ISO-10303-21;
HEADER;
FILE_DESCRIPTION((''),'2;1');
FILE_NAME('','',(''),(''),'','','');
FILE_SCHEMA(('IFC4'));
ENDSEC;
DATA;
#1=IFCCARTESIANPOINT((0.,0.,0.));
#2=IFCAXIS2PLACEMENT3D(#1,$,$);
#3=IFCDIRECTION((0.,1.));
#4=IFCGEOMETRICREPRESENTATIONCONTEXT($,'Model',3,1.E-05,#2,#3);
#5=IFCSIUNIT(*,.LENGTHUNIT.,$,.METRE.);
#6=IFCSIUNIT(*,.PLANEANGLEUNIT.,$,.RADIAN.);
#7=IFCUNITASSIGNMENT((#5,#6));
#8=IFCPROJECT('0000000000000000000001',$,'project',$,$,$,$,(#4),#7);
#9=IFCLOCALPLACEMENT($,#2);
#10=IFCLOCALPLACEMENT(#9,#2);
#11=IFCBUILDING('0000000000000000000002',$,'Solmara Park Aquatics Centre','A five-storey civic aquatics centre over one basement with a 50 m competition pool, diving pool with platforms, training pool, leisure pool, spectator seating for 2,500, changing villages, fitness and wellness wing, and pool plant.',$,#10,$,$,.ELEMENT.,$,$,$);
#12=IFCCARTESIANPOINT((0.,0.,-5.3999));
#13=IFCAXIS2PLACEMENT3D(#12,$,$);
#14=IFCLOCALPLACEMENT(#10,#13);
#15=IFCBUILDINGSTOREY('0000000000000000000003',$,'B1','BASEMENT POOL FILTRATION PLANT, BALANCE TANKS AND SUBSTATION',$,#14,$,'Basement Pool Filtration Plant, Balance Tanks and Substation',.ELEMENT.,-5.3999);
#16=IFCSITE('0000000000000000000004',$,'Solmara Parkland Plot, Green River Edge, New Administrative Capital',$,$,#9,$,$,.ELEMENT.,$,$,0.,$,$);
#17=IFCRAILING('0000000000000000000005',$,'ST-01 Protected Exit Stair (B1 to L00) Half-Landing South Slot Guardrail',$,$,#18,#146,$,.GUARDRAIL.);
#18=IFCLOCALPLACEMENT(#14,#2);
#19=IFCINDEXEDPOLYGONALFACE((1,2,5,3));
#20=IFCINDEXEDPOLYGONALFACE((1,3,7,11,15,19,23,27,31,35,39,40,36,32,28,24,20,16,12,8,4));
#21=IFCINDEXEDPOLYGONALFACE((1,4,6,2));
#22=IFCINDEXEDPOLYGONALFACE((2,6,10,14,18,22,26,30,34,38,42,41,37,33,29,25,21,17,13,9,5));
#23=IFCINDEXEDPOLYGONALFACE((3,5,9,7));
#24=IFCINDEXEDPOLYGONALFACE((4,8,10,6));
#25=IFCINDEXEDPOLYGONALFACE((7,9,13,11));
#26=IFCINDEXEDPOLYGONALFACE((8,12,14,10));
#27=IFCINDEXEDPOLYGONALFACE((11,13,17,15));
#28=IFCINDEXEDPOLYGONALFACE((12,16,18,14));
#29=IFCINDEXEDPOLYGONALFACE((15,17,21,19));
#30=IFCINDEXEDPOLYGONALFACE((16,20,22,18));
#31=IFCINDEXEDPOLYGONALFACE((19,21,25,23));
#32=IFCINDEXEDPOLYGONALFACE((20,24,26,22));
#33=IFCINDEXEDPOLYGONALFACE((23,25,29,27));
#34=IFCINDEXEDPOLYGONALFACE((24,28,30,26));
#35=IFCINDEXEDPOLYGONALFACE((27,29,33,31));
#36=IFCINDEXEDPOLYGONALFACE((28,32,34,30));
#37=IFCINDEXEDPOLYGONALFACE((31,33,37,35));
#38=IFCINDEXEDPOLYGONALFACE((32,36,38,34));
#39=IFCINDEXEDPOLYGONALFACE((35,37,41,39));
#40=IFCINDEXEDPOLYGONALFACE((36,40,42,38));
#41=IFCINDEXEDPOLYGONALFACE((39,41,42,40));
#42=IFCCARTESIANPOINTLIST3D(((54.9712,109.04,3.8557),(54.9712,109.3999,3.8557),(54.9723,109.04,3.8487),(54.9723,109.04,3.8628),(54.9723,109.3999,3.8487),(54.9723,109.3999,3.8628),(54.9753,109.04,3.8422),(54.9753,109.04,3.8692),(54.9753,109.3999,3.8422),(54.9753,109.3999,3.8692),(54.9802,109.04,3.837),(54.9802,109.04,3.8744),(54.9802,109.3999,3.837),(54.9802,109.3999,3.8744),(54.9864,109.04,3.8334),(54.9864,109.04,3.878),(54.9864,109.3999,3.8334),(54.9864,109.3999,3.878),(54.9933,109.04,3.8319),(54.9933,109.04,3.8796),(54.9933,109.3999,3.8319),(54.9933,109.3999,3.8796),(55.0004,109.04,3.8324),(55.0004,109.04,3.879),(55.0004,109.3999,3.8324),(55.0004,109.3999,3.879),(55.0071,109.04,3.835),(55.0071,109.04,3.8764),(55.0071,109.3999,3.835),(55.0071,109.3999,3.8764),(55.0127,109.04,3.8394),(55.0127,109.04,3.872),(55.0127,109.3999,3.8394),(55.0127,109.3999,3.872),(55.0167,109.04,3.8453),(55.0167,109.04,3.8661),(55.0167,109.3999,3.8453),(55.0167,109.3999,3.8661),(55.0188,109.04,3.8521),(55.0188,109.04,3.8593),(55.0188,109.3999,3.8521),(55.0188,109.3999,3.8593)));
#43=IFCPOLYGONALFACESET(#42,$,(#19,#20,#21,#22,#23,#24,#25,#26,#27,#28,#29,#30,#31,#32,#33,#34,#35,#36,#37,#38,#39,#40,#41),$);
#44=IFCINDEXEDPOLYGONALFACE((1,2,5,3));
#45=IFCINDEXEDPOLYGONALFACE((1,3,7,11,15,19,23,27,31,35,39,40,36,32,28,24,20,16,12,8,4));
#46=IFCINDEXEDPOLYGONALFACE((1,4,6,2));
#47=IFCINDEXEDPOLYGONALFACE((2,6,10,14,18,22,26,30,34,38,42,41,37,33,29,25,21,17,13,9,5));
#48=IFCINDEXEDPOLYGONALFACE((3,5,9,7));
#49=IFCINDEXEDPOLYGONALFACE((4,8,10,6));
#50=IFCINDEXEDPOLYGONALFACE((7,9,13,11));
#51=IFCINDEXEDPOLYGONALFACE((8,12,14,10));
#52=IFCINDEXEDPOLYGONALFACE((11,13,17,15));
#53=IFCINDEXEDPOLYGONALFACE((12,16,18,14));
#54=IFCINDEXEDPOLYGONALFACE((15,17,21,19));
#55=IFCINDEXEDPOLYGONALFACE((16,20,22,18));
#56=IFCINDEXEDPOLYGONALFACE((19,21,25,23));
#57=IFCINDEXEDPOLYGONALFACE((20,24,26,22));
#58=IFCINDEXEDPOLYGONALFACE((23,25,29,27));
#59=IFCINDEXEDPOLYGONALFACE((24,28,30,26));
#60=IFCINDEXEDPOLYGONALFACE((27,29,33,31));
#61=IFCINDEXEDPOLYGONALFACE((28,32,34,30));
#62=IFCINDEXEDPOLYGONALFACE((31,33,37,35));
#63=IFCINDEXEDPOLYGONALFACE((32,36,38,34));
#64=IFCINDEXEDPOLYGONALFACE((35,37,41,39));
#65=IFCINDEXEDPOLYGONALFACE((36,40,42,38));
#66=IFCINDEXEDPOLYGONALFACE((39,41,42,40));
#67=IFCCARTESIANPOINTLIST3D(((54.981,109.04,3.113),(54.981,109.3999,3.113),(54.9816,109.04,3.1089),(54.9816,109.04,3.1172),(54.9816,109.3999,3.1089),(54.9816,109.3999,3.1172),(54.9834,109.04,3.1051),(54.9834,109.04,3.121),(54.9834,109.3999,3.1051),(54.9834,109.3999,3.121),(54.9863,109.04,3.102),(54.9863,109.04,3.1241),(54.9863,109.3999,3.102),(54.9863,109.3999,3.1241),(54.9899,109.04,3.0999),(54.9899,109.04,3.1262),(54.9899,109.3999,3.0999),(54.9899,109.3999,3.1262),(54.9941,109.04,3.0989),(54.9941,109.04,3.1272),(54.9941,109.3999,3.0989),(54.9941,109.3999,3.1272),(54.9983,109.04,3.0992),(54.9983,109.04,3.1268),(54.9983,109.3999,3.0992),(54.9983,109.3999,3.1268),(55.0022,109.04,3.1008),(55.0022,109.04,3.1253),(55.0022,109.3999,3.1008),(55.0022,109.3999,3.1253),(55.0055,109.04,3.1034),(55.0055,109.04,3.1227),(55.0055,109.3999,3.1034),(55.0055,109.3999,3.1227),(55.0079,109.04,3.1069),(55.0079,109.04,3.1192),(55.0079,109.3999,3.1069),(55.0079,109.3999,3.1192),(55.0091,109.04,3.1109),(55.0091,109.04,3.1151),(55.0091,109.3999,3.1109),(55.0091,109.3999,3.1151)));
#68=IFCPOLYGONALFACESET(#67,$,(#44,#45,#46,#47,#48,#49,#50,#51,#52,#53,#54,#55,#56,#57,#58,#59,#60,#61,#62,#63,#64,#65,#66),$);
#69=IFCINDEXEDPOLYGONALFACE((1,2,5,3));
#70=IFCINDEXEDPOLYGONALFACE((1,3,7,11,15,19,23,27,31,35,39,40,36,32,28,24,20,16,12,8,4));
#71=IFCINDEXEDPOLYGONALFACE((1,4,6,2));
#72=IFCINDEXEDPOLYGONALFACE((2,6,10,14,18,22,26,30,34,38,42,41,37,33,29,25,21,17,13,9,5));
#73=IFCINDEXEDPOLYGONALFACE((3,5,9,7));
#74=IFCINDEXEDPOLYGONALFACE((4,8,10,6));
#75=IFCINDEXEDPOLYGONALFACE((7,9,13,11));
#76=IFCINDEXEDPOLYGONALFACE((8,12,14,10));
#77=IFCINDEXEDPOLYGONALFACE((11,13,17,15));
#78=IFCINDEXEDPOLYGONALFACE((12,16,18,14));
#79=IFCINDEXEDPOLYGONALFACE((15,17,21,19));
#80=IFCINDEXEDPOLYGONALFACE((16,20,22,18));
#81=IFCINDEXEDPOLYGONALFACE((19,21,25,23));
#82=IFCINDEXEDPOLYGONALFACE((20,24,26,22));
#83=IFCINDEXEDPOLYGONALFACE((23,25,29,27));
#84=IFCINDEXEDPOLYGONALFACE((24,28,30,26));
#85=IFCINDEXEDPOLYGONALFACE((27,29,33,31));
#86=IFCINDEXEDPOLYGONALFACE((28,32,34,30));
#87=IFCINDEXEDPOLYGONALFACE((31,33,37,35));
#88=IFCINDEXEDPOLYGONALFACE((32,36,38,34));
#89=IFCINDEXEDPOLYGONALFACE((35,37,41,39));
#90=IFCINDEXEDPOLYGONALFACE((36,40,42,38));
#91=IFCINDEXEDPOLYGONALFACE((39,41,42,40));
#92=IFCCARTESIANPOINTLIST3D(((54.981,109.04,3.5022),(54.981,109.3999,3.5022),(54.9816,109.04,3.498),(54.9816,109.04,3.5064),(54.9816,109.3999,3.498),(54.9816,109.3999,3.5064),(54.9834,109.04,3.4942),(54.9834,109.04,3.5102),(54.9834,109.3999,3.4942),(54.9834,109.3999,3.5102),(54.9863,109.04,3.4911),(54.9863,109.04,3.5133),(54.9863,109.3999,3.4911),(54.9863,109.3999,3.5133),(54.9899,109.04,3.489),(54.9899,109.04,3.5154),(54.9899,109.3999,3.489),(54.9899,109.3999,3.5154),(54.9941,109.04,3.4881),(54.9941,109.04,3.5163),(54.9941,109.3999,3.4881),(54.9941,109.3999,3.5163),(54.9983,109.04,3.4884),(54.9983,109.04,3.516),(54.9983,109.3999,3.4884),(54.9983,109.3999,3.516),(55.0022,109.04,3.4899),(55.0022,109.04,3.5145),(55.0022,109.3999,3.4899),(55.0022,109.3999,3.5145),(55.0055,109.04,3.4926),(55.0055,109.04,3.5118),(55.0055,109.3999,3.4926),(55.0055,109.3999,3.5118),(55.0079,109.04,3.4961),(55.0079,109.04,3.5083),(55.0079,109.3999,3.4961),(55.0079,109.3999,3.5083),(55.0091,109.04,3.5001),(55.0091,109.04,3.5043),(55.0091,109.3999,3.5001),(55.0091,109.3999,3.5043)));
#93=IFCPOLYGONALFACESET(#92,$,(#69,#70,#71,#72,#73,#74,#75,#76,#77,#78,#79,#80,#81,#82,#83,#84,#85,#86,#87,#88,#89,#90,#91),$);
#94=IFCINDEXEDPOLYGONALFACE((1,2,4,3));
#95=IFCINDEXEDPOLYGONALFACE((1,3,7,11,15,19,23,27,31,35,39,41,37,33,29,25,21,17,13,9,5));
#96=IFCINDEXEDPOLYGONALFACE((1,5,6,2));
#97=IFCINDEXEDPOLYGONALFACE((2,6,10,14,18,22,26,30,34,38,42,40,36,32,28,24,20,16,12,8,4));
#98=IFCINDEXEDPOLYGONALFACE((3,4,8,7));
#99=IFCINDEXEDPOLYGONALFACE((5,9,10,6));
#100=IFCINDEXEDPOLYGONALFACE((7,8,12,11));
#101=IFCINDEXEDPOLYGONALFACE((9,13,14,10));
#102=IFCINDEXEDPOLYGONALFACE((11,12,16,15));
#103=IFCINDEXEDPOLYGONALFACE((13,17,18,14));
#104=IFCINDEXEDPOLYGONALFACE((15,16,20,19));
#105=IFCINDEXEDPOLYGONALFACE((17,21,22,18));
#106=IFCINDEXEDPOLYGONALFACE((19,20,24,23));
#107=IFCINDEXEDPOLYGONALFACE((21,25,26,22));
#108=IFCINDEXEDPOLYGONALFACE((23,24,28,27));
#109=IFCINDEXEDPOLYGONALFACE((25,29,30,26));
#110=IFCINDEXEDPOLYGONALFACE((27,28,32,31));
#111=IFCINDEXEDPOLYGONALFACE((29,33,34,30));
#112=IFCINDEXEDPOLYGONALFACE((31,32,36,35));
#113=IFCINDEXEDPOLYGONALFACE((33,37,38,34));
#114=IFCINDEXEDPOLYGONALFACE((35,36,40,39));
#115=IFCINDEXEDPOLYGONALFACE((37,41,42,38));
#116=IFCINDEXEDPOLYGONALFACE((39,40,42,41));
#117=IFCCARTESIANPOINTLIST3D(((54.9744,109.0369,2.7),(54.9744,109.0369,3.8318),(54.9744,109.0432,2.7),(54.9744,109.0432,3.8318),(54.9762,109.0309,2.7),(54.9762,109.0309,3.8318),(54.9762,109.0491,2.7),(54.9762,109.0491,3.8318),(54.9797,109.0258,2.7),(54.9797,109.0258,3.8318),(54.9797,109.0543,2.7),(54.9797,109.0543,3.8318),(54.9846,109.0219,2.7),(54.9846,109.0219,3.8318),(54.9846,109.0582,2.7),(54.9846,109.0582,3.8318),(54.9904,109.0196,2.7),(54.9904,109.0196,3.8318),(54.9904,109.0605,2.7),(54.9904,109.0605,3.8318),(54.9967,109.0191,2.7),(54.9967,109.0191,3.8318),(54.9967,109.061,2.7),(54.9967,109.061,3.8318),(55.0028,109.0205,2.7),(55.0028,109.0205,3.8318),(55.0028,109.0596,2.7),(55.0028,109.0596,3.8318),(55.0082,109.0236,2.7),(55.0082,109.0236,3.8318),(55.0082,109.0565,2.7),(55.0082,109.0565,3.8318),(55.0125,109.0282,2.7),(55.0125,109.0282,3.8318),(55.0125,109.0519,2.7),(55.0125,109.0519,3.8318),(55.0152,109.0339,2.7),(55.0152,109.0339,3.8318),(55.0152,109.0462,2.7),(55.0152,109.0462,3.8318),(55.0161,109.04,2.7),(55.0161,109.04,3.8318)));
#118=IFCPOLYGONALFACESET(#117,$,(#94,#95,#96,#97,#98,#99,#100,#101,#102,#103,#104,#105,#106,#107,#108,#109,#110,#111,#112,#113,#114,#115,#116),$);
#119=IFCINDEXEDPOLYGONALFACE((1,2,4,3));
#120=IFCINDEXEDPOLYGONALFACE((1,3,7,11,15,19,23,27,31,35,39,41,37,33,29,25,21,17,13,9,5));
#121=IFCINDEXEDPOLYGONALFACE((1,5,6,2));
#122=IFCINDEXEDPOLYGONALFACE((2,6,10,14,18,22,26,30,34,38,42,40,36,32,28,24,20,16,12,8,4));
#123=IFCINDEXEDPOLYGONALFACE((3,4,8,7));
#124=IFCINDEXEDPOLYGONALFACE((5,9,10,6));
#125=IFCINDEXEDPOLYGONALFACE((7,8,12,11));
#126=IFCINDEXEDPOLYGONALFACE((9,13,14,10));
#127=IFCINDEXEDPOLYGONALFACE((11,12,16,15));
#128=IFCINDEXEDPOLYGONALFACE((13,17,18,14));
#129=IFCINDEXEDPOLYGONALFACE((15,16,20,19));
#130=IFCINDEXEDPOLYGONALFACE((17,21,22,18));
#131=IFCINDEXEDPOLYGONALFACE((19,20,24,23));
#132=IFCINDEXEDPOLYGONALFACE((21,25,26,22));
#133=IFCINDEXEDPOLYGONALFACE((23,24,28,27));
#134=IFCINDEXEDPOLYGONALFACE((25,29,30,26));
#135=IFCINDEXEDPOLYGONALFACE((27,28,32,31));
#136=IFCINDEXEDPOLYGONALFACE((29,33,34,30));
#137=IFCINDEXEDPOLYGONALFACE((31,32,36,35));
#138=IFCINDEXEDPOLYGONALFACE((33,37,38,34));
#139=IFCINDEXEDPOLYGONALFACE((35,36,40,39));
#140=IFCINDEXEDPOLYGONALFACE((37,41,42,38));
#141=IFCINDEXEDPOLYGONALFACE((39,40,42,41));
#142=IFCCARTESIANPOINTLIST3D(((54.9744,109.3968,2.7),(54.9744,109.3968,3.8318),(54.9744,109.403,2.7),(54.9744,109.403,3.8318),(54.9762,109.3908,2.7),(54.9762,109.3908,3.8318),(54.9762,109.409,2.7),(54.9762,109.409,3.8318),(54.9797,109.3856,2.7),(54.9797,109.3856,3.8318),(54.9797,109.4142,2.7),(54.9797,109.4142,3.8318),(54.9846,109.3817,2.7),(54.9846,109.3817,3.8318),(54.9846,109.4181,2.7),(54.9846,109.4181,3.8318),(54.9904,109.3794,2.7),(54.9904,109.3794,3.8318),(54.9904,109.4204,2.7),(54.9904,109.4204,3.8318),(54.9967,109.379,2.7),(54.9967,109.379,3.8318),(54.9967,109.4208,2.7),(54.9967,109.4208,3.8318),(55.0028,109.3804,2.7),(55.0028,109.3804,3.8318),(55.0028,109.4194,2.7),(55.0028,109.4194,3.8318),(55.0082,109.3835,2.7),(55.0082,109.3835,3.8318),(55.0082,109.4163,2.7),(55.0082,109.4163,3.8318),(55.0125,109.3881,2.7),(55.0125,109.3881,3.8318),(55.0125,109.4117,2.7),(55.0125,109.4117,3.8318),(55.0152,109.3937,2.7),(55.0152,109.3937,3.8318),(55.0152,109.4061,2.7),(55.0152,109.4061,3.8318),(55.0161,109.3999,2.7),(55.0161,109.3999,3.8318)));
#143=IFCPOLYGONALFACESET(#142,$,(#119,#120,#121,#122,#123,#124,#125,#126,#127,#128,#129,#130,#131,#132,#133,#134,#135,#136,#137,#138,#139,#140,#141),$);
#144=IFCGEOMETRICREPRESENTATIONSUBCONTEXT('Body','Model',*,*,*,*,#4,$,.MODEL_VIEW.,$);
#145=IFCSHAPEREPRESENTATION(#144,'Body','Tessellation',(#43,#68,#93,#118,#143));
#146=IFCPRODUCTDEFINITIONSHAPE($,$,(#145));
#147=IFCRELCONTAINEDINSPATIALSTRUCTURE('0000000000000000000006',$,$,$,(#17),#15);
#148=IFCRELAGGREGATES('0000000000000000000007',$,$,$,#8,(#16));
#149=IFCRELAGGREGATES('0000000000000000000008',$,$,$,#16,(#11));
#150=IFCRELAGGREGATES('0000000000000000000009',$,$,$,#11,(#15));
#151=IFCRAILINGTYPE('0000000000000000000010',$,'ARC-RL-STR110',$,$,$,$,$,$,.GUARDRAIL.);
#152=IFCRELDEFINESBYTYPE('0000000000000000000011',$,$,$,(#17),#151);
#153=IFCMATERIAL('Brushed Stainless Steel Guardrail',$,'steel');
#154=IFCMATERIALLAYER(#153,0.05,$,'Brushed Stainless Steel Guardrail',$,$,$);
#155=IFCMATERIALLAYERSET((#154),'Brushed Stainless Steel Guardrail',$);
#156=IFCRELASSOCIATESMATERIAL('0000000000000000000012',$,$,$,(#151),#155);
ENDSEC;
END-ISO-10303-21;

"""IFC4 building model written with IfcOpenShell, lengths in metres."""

from ifc_helpers import new_model, si_unit, direction, frame, origin, origin_2d, place, context, subcontext, project, spatial, circle, extrude, material, layer, layer_set, type_object, element, save


model = new_model("IFC4")

# Units and contexts
model_context = context("Model", 3, precision=1e-05, world=origin(), true_north=direction((0.0, 1.0)))
body_context = subcontext(model_context, "Body", "Model", "MODEL_VIEW")
ifc_project = project(units=[si_unit("LENGTHUNIT", "METRE"), si_unit("PLANEANGLEUNIT", "RADIAN")], contexts=[model_context])

# Site, building, storey
site_placement = place(None, origin())
site = spatial("IfcSite", under=ifc_project, at=site_placement, Name="Solmara Parkland Plot, Green River Edge, New Administrative Capital", CompositionType="ELEMENT", RefElevation=0.0)
building_placement = place(site_placement, origin())
building = spatial("IfcBuilding", under=site, at=building_placement, Name="Solmara Park Aquatics Centre", Description="A five-storey civic aquatics centre over one basement with a 50 m competition pool, diving pool with platforms, training pool, leisure pool, spectator seating for 2,500, changing villages, fitness and wellness wing, and pool plant.", CompositionType="ELEMENT")
storey_placement = place(building_placement, frame((0.0, 0.0, -5.3999)))
storey = spatial("IfcBuildingStorey", under=building, at=storey_placement, Name="B1", Description="BASEMENT POOL FILTRATION PLANT, BALANCE TANKS AND SUBSTATION", LongName="Basement Pool Filtration Plant, Balance Tanks and Substation", CompositionType="ELEMENT", Elevation=-5.3999)

# Railing
ifc_material_1 = material(Name="Brushed Stainless Steel Guardrail", Category="steel")
ifc_layer_1 = layer(ifc_material_1, 0.05, Name="Brushed Stainless Steel Guardrail")
ifc_layer_set_1 = layer_set([ifc_layer_1], Name="Brushed Stainless Steel Guardrail")
railing_type_1 = type_object("IfcRailingType", Name="ARC-RL-STR110", PredefinedType="GUARDRAIL", material=ifc_layer_set_1)
railing_1_placement = place(storey_placement, frame((54.9951, 109.04, 2.7)))
element("IfcRailing", 1, at=railing_1_placement, inside=storey, type_object=railing_type_1, Name="ST-01 Protected Exit Stair (B1 to L00) Half-Landing South Slot Guardrail", PredefinedType="GUARDRAIL", context=body_context, shape_type="SweptSolid", body=[
    extrude(circle(Radius=0.0239, at=origin_2d()), frame((0.0, 0.0, 1.1558), z_axis=(0.0, 1.0, 0.0), x_axis=(-1.0, 0.0, 0.0)), (0.0, 0.0, 1.0), 0.3599),
    extrude(circle(Radius=0.0142, at=origin_2d()), frame((0.0, 0.0, 0.4131), z_axis=(0.0, 1.0, 0.0), x_axis=(-1.0, 0.0, 0.0)), (0.0, 0.0, 1.0), 0.3599),
    extrude(circle(Radius=0.0142, at=origin_2d()), frame((0.0, 0.0, 0.8022), z_axis=(0.0, 1.0, 0.0), x_axis=(-1.0, 0.0, 0.0)), (0.0, 0.0, 1.0), 0.3599),
    extrude(circle(Radius=0.021, at=origin_2d()), origin(), (0.0, 0.0, 1.0), 1.1318),
    extrude(circle(Radius=0.021, at=origin_2d()), frame((0.0, 0.3599, 0.0)), (0.0, 0.0, 1.0), 1.1318),
])

save(model, "model.ifc")
